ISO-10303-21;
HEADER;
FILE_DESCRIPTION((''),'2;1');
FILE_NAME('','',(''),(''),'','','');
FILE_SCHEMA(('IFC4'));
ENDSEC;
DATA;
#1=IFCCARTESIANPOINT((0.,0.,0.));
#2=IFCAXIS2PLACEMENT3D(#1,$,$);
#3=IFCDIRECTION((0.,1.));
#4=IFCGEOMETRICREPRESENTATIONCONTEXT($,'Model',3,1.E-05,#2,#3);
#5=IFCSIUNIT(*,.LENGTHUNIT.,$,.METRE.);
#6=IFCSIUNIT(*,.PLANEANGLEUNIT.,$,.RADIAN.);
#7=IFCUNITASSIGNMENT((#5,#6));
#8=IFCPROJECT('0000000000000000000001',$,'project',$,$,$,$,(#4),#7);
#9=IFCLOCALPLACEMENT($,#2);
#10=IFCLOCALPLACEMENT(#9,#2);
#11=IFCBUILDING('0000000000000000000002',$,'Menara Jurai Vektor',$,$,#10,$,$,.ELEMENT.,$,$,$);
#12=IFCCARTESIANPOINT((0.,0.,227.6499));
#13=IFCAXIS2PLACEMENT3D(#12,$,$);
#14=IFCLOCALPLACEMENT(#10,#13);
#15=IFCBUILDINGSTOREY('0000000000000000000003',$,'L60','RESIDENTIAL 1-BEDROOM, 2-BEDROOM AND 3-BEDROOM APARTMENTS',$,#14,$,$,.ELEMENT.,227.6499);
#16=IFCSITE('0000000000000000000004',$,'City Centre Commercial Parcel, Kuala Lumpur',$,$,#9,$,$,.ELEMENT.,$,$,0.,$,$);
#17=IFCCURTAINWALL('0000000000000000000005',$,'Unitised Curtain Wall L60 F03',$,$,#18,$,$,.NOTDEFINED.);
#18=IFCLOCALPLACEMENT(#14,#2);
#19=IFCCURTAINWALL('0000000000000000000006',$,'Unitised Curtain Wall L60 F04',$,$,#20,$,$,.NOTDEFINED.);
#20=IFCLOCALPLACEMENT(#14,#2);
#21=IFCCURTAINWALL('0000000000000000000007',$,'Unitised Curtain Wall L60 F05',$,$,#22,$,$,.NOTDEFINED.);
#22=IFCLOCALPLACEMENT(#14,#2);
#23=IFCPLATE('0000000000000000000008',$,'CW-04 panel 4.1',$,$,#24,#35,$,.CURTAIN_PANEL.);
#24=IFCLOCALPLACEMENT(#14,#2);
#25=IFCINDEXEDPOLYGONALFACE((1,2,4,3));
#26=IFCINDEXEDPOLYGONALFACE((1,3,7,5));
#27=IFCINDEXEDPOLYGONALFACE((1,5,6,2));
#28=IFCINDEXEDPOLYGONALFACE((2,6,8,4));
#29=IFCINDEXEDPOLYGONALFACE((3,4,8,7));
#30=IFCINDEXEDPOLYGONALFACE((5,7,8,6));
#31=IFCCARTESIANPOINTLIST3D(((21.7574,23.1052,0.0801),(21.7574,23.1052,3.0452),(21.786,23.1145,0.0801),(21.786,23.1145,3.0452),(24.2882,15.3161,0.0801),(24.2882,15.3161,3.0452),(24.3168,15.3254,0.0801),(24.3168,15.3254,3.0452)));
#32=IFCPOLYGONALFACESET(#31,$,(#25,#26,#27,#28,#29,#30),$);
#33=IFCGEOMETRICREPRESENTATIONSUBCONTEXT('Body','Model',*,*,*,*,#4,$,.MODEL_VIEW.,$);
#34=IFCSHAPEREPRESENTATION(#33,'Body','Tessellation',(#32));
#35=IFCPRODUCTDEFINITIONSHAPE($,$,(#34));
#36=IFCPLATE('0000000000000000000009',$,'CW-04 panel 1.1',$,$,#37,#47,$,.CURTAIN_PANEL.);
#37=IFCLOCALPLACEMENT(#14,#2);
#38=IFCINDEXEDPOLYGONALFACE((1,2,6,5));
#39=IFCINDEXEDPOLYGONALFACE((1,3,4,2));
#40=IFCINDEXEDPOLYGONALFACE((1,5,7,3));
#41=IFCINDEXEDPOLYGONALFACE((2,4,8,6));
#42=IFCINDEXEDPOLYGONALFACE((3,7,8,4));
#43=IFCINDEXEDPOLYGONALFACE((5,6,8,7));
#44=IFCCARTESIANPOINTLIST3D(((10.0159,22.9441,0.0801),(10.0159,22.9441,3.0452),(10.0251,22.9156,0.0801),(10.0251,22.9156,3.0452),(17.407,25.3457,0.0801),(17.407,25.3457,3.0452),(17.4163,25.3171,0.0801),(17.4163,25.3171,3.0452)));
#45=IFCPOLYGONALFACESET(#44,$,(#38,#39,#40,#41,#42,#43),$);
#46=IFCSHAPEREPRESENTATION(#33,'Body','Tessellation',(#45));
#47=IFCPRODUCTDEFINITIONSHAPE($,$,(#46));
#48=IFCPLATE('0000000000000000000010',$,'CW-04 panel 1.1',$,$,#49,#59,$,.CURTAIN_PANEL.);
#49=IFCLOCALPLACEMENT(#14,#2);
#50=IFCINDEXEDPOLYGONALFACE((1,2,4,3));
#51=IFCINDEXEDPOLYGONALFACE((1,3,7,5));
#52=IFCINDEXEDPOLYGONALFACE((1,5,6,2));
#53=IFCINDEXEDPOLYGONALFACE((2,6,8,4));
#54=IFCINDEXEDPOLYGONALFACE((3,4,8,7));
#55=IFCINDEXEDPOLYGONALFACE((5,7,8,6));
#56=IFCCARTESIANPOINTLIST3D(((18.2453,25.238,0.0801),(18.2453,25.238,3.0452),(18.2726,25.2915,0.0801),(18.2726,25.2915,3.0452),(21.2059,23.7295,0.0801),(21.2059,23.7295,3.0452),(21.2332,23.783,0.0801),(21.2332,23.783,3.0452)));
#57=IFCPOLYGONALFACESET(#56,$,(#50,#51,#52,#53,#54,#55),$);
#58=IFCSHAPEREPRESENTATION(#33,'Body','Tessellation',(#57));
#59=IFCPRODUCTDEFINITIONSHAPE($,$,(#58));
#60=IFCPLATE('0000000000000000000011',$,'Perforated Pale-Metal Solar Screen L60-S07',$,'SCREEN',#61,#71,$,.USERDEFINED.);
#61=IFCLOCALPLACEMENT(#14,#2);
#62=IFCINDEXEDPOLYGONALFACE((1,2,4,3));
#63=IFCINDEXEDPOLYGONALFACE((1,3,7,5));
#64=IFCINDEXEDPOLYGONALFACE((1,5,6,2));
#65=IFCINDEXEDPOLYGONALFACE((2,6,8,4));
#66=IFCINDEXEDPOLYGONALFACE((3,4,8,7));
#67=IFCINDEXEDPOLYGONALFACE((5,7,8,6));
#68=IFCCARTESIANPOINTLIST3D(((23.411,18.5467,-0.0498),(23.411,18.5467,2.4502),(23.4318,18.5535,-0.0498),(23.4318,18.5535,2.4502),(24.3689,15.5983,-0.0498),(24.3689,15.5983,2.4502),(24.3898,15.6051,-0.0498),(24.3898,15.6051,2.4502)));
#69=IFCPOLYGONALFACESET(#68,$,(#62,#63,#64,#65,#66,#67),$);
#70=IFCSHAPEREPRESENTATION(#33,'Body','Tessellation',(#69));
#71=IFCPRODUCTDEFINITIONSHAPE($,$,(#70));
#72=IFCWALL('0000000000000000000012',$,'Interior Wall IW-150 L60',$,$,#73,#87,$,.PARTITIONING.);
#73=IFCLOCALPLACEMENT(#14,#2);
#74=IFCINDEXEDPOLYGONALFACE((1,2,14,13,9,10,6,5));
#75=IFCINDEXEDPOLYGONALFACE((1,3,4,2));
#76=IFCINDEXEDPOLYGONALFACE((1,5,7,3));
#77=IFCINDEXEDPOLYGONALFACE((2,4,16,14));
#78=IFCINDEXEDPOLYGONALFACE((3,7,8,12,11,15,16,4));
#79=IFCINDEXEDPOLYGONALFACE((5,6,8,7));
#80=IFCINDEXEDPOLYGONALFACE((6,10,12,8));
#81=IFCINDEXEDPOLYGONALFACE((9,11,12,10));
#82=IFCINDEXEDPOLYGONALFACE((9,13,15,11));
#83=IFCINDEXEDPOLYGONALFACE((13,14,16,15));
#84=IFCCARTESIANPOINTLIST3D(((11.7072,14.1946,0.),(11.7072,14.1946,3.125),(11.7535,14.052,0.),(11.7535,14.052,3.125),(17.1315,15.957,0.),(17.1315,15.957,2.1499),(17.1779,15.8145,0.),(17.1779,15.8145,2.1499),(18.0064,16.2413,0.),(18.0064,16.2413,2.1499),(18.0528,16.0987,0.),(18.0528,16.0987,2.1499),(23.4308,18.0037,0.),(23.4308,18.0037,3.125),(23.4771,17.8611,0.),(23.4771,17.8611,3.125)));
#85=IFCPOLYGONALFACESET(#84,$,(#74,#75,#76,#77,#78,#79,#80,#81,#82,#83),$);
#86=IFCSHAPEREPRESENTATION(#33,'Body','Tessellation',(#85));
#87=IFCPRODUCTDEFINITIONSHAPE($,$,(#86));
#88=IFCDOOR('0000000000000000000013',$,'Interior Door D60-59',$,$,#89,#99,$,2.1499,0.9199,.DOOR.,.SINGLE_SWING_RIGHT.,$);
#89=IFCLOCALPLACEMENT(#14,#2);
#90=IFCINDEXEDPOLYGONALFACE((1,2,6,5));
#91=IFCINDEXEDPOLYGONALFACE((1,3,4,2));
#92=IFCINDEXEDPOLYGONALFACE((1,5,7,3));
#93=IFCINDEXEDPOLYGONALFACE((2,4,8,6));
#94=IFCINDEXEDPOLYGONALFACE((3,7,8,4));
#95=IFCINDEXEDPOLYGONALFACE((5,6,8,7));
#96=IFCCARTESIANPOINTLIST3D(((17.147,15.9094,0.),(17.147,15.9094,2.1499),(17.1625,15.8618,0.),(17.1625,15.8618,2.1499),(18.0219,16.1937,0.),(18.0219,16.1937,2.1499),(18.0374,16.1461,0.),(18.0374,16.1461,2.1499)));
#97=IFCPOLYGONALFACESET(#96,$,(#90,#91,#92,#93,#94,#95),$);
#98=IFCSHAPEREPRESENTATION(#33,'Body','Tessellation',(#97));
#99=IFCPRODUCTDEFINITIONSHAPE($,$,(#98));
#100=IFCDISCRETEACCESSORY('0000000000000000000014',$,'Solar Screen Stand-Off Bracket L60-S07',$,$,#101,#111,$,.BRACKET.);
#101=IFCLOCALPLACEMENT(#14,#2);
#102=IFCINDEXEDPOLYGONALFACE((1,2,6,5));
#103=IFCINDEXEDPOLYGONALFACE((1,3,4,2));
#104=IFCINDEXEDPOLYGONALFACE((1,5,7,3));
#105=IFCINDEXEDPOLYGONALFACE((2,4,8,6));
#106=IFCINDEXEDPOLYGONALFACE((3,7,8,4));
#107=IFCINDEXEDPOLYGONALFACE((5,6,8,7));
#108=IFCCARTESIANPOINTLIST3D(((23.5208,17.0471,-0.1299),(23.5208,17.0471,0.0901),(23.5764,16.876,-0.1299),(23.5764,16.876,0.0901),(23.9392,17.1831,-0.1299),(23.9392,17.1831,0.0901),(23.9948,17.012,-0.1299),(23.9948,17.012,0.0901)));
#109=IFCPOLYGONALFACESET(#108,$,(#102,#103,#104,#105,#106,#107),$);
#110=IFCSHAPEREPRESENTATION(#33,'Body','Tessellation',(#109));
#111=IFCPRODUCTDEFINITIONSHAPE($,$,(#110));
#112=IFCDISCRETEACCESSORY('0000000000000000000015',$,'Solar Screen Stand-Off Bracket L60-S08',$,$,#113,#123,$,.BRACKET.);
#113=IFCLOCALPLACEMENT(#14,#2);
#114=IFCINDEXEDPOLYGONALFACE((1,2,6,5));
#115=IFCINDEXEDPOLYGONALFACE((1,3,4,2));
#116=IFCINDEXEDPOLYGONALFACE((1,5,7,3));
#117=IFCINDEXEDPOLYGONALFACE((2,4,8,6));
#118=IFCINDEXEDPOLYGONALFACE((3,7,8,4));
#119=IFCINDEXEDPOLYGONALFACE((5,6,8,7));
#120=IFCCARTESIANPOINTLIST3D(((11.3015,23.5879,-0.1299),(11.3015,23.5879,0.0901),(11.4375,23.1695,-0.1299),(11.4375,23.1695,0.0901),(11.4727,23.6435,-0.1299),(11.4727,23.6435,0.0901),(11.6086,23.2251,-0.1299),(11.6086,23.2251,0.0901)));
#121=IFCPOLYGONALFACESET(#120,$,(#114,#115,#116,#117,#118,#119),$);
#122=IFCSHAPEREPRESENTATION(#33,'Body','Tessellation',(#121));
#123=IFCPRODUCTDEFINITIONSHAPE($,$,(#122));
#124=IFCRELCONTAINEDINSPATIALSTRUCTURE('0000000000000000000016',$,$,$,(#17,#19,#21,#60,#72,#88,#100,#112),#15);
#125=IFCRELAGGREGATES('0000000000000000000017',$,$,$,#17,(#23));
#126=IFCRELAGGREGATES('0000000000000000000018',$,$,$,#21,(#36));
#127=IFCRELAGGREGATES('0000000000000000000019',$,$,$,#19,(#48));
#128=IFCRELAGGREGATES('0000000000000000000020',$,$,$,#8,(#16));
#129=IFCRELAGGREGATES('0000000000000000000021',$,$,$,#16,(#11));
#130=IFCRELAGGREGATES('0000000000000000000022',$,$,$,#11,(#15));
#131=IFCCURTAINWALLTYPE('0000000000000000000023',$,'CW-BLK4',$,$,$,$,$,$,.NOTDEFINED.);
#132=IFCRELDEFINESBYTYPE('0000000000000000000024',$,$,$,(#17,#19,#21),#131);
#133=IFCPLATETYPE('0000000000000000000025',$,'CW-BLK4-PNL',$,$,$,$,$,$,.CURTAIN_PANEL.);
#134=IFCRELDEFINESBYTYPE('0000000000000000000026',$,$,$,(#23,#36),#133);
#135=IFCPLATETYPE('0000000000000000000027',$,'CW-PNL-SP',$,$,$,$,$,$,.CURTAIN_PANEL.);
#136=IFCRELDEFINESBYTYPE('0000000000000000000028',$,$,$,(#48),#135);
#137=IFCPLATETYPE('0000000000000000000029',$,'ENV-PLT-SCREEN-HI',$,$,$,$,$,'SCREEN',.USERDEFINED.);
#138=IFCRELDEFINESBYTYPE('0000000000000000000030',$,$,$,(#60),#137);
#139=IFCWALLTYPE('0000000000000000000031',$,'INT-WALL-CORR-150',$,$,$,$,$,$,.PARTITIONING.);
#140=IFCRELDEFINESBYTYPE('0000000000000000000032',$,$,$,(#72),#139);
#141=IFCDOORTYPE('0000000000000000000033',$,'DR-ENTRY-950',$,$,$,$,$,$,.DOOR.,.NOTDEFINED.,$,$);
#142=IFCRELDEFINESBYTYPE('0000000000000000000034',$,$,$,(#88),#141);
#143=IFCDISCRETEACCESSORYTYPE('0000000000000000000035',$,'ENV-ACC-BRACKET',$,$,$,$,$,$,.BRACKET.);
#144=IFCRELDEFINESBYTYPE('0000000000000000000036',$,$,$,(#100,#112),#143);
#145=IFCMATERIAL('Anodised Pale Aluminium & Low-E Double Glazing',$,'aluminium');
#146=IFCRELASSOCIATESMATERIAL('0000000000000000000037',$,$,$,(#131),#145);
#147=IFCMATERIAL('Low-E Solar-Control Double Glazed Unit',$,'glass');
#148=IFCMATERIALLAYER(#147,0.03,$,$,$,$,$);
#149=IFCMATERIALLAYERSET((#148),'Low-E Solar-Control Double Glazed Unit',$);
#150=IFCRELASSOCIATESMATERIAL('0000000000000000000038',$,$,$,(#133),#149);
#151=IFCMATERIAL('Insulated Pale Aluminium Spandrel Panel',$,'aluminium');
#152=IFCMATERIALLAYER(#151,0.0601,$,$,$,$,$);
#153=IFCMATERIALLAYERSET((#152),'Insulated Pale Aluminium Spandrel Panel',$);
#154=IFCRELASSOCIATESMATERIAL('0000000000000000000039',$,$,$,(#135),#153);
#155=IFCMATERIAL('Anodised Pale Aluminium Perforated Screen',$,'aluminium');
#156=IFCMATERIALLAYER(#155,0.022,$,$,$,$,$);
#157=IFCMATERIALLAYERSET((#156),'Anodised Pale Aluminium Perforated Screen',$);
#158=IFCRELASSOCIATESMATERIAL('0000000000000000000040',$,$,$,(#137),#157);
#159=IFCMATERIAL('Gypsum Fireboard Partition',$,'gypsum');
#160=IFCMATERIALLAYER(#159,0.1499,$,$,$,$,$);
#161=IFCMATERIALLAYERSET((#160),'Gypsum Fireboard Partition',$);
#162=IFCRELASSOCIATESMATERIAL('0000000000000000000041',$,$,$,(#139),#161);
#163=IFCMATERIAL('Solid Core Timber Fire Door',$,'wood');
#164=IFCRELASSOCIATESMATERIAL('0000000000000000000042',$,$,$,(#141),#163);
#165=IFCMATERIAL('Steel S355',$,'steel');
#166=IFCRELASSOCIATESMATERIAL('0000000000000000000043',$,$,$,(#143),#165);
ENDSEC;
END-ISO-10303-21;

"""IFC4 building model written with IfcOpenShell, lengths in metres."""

from ifc_helpers import new_model, si_unit, direction, frame, frame_2d, origin, origin_2d, place, context, subcontext, project, spatial, rectangle, extrude, material, layer, layer_set, type_object, element, fill, aggregate, save


model = new_model("IFC4")

# Units and contexts
model_context = context("Model", 3, precision=1e-05, world=origin(), true_north=direction((0.0, 1.0)))
body_context = subcontext(model_context, "Body", "Model", "MODEL_VIEW")
ifc_project = project(units=[si_unit("LENGTHUNIT", "METRE"), si_unit("PLANEANGLEUNIT", "RADIAN")], contexts=[model_context])

# Site, building, storey
site_placement = place(None, origin())
site = spatial("IfcSite", under=ifc_project, at=site_placement, Name="City Centre Commercial Parcel, Kuala Lumpur", CompositionType="ELEMENT", RefElevation=0.0)
building_placement = place(site_placement, origin())
building = spatial("IfcBuilding", under=site, at=building_placement, Name="Menara Jurai Vektor", CompositionType="ELEMENT")
storey_placement = place(building_placement, frame((0.0, 0.0, 227.6499)))
storey = spatial("IfcBuildingStorey", under=building, at=storey_placement, Name="L60", Description="RESIDENTIAL 1-BEDROOM, 2-BEDROOM AND 3-BEDROOM APARTMENTS", CompositionType="ELEMENT", Elevation=227.6499)

# Curtain walls
ifc_material_1 = material(Name="Anodised Pale Aluminium & Low-E Double Glazing", Category="aluminium")
curtain_wall_type = type_object("IfcCurtainWallType", Name="CW-BLK4", PredefinedType="NOTDEFINED", material=ifc_material_1)
curtain_wall_1_placement = place(storey_placement, origin())
curtain_wall_1 = element("IfcCurtainWall", 1, at=curtain_wall_1_placement, inside=storey, type_object=curtain_wall_type, Name="Unitised Curtain Wall L60 F03", PredefinedType="NOTDEFINED")
curtain_wall_2_placement = place(storey_placement, origin())
curtain_wall_2 = element("IfcCurtainWall", 2, at=curtain_wall_2_placement, inside=storey, type_object=curtain_wall_type, Name="Unitised Curtain Wall L60 F04", PredefinedType="NOTDEFINED")

# Curtain wall
curtain_wall_3_placement = place(storey_placement, origin())
curtain_wall_3 = element("IfcCurtainWall", 3, at=curtain_wall_3_placement, inside=storey, type_object=curtain_wall_type, Name="Unitised Curtain Wall L60 F05", PredefinedType="NOTDEFINED")

# Shared definitions
ifc_material_2 = material(Name="Steel S355", Category="steel")

# Plates
ifc_material_3 = material(Name="Low-E Solar-Control Double Glazed Unit", Category="glass")
ifc_layer_1 = layer(ifc_material_3, 0.03)
ifc_layer_set_1 = layer_set([ifc_layer_1], Name="Low-E Solar-Control Double Glazed Unit")
plate_type_1 = type_object("IfcPlateType", Name="CW-BLK4-PNL", PredefinedType="CURTAIN_PANEL", material=ifc_layer_set_1)
plate_1_placement = place(storey_placement, frame((23.0371, 19.2153, 0.0801), z_axis=(0.0, 0.0, 1.0), x_axis=(-0.309016, 0.951057, 0.0)))
plate_1 = element("IfcPlate", 4, at=plate_1_placement, type_object=plate_type_1, Name="CW-04 panel 4.1", PredefinedType="CURTAIN_PANEL", context=body_context, shape_type="SweptSolid", body=[
    extrude(rectangle(XDim=8.1899, YDim=0.03, at=origin_2d()), origin(), (0.0, 0.0, 1.0), 2.9651),
])
aggregate(curtain_wall_1, [plate_1])
plate_2_placement = place(storey_placement, frame((13.7161, 24.1306, 0.0801), z_axis=(0.0, 0.0, 1.0), x_axis=(-0.951056, -0.309017, 0.0)))
plate_2 = element("IfcPlate", 5, at=plate_2_placement, type_object=plate_type_1, Name="CW-04 panel 1.1", PredefinedType="CURTAIN_PANEL", context=body_context, shape_type="SweptSolid", body=[
    extrude(rectangle(XDim=7.7715, YDim=0.03, at=origin_2d()), origin(), (0.0, 0.0, 1.0), 2.9651),
])
aggregate(curtain_wall_3, [plate_2])
ifc_material_4 = material(Name="Insulated Pale Aluminium Spandrel Panel", Category="aluminium")
ifc_layer_2 = layer(ifc_material_4, 0.0601)
ifc_layer_set_2 = layer_set([ifc_layer_2], Name="Insulated Pale Aluminium Spandrel Panel")
plate_type_2 = type_object("IfcPlateType", Name="CW-PNL-SP", PredefinedType="CURTAIN_PANEL", material=ifc_layer_set_2)
plate_3_placement = place(storey_placement, frame((19.7393, 24.5105, 0.0801), z_axis=(0.0, 0.0, 1.0), x_axis=(-0.891008, 0.453989, 0.0)))
plate_3 = element("IfcPlate", 6, at=plate_3_placement, type_object=plate_type_2, Name="CW-04 panel 1.1", PredefinedType="CURTAIN_PANEL", context=body_context, shape_type="SweptSolid", body=[
    extrude(rectangle(XDim=3.3228, YDim=0.0601, at=origin_2d()), origin(), (0.0, 0.0, 1.0), 2.9651),
])
aggregate(curtain_wall_2, [plate_3])
ifc_material_5 = material(Name="Anodised Pale Aluminium Perforated Screen", Category="aluminium")
ifc_layer_3 = layer(ifc_material_5, 0.022)
ifc_layer_set_3 = layer_set([ifc_layer_3], Name="Anodised Pale Aluminium Perforated Screen")
plate_type_3 = type_object("IfcPlateType", Name="ENV-PLT-SCREEN-HI", ElementType="SCREEN", PredefinedType="USERDEFINED", material=ifc_layer_set_3)
plate_4_placement = place(storey_placement, frame((23.9004, 17.0759, -0.0498), z_axis=(0.0, 0.0, 1.0), x_axis=(-0.309017, 0.951057, 0.0)))
element("IfcPlate", 7, at=plate_4_placement, inside=storey, type_object=plate_type_3, Name="Perforated Pale-Metal Solar Screen L60-S07", ObjectType="SCREEN", PredefinedType="USERDEFINED", context=body_context, shape_type="SweptSolid", body=[
    extrude(rectangle(XDim=3.1001, YDim=0.022, at=origin_2d()), origin(), (0.0, 0.0, 1.0), 2.5),
])

# Wall, opening, door
ifc_material_6 = material(Name="Gypsum Fireboard Partition", Category="gypsum")
ifc_layer_4 = layer(ifc_material_6, 0.1499)
ifc_layer_set_4 = layer_set([ifc_layer_4], Name="Gypsum Fireboard Partition")
wall_type = type_object("IfcWallType", Name="INT-WALL-CORR-150", PredefinedType="PARTITIONING", material=ifc_layer_set_4)
wall_placement = place(storey_placement, frame((11.7302, 14.1233, 0.0), z_axis=(0.0, 0.0, 1.0), x_axis=(0.95106, 0.309005, 0.0)))
wall = element("IfcWall", 8, at=wall_placement, inside=storey, type_object=wall_type, Name="Interior Wall IW-150 L60", PredefinedType="PARTITIONING", context=body_context, shape_type="SweptSolid", body=[
    extrude(rectangle(XDim=12.3269, YDim=0.1499, at=frame_2d((6.1636, 0.0))), origin(), (0.0, 0.0, 1.0), 3.125),
])
opening_placement = place(wall_placement, frame((5.7036, 0.0, 0.0)))
opening = element("IfcOpeningElement", 9, at=opening_placement, cuts=wall, PredefinedType="OPENING", context=body_context, shape_type="SweptSolid", body=[
    extrude(rectangle(XDim=0.9199, YDim=2.1499, at=frame_2d((0.46, 1.075))), frame((0.0, 0.085, 0.0), z_axis=(0.0, -1.0, 0.0), x_axis=(1.0, 0.0, 0.0)), (0.0, 0.0, 1.0), 0.1699),
])
ifc_material_7 = material(Name="Solid Core Timber Fire Door", Category="wood")
door_type = type_object("IfcDoorType", Name="DR-ENTRY-950", OperationType="NOTDEFINED", PredefinedType="DOOR", material=ifc_material_7)
door_placement = place(opening_placement, origin())
door = element("IfcDoor", 10, at=door_placement, inside=storey, type_object=door_type, Name="Interior Door D60-59", OperationType="SINGLE_SWING_RIGHT", OverallHeight=2.1499, OverallWidth=0.9199, PredefinedType="DOOR", context=body_context, shape_type="SweptSolid", body=[
    extrude(rectangle(XDim=0.9199, YDim=2.1499, at=frame_2d((0.46, 1.075))), frame((0.0, 0.0249, 0.0), z_axis=(0.0, -1.0, 0.0), x_axis=(1.0, 0.0, 0.0)), (0.0, 0.0, 1.0), 0.05),
])
fill(opening, door)

# Discrete accessories
discrete_accessory_type = type_object("IfcDiscreteAccessoryType", Name="ENV-ACC-BRACKET", PredefinedType="BRACKET", material=ifc_material_2)
for number, where, z_axis, x_axis, name in (
    (11, (23.7578, 17.0295, -0.1299), (0.0, 0.0, 1.0), (-0.309017, 0.951057, 0.0), "Solar Screen Stand-Off Bracket L60-S07"),
    (12, (11.4551, 23.4065, -0.1299), (0.0, 0.0, 1.0), (-0.951057, -0.309017, 0.0), "Solar Screen Stand-Off Bracket L60-S08"),
):
    element("IfcDiscreteAccessory", number, at=place(storey_placement, frame(where, z_axis=z_axis, x_axis=x_axis)), inside=storey, type_object=discrete_accessory_type, Name=name, PredefinedType="BRACKET", context=body_context, shape_type="SweptSolid", body=[
        extrude(rectangle(XDim=0.1799, YDim=0.4399, at=origin_2d()), origin(), (0.0, 0.0, 1.0), 0.22),
    ])

save(model, "model.ifc")
